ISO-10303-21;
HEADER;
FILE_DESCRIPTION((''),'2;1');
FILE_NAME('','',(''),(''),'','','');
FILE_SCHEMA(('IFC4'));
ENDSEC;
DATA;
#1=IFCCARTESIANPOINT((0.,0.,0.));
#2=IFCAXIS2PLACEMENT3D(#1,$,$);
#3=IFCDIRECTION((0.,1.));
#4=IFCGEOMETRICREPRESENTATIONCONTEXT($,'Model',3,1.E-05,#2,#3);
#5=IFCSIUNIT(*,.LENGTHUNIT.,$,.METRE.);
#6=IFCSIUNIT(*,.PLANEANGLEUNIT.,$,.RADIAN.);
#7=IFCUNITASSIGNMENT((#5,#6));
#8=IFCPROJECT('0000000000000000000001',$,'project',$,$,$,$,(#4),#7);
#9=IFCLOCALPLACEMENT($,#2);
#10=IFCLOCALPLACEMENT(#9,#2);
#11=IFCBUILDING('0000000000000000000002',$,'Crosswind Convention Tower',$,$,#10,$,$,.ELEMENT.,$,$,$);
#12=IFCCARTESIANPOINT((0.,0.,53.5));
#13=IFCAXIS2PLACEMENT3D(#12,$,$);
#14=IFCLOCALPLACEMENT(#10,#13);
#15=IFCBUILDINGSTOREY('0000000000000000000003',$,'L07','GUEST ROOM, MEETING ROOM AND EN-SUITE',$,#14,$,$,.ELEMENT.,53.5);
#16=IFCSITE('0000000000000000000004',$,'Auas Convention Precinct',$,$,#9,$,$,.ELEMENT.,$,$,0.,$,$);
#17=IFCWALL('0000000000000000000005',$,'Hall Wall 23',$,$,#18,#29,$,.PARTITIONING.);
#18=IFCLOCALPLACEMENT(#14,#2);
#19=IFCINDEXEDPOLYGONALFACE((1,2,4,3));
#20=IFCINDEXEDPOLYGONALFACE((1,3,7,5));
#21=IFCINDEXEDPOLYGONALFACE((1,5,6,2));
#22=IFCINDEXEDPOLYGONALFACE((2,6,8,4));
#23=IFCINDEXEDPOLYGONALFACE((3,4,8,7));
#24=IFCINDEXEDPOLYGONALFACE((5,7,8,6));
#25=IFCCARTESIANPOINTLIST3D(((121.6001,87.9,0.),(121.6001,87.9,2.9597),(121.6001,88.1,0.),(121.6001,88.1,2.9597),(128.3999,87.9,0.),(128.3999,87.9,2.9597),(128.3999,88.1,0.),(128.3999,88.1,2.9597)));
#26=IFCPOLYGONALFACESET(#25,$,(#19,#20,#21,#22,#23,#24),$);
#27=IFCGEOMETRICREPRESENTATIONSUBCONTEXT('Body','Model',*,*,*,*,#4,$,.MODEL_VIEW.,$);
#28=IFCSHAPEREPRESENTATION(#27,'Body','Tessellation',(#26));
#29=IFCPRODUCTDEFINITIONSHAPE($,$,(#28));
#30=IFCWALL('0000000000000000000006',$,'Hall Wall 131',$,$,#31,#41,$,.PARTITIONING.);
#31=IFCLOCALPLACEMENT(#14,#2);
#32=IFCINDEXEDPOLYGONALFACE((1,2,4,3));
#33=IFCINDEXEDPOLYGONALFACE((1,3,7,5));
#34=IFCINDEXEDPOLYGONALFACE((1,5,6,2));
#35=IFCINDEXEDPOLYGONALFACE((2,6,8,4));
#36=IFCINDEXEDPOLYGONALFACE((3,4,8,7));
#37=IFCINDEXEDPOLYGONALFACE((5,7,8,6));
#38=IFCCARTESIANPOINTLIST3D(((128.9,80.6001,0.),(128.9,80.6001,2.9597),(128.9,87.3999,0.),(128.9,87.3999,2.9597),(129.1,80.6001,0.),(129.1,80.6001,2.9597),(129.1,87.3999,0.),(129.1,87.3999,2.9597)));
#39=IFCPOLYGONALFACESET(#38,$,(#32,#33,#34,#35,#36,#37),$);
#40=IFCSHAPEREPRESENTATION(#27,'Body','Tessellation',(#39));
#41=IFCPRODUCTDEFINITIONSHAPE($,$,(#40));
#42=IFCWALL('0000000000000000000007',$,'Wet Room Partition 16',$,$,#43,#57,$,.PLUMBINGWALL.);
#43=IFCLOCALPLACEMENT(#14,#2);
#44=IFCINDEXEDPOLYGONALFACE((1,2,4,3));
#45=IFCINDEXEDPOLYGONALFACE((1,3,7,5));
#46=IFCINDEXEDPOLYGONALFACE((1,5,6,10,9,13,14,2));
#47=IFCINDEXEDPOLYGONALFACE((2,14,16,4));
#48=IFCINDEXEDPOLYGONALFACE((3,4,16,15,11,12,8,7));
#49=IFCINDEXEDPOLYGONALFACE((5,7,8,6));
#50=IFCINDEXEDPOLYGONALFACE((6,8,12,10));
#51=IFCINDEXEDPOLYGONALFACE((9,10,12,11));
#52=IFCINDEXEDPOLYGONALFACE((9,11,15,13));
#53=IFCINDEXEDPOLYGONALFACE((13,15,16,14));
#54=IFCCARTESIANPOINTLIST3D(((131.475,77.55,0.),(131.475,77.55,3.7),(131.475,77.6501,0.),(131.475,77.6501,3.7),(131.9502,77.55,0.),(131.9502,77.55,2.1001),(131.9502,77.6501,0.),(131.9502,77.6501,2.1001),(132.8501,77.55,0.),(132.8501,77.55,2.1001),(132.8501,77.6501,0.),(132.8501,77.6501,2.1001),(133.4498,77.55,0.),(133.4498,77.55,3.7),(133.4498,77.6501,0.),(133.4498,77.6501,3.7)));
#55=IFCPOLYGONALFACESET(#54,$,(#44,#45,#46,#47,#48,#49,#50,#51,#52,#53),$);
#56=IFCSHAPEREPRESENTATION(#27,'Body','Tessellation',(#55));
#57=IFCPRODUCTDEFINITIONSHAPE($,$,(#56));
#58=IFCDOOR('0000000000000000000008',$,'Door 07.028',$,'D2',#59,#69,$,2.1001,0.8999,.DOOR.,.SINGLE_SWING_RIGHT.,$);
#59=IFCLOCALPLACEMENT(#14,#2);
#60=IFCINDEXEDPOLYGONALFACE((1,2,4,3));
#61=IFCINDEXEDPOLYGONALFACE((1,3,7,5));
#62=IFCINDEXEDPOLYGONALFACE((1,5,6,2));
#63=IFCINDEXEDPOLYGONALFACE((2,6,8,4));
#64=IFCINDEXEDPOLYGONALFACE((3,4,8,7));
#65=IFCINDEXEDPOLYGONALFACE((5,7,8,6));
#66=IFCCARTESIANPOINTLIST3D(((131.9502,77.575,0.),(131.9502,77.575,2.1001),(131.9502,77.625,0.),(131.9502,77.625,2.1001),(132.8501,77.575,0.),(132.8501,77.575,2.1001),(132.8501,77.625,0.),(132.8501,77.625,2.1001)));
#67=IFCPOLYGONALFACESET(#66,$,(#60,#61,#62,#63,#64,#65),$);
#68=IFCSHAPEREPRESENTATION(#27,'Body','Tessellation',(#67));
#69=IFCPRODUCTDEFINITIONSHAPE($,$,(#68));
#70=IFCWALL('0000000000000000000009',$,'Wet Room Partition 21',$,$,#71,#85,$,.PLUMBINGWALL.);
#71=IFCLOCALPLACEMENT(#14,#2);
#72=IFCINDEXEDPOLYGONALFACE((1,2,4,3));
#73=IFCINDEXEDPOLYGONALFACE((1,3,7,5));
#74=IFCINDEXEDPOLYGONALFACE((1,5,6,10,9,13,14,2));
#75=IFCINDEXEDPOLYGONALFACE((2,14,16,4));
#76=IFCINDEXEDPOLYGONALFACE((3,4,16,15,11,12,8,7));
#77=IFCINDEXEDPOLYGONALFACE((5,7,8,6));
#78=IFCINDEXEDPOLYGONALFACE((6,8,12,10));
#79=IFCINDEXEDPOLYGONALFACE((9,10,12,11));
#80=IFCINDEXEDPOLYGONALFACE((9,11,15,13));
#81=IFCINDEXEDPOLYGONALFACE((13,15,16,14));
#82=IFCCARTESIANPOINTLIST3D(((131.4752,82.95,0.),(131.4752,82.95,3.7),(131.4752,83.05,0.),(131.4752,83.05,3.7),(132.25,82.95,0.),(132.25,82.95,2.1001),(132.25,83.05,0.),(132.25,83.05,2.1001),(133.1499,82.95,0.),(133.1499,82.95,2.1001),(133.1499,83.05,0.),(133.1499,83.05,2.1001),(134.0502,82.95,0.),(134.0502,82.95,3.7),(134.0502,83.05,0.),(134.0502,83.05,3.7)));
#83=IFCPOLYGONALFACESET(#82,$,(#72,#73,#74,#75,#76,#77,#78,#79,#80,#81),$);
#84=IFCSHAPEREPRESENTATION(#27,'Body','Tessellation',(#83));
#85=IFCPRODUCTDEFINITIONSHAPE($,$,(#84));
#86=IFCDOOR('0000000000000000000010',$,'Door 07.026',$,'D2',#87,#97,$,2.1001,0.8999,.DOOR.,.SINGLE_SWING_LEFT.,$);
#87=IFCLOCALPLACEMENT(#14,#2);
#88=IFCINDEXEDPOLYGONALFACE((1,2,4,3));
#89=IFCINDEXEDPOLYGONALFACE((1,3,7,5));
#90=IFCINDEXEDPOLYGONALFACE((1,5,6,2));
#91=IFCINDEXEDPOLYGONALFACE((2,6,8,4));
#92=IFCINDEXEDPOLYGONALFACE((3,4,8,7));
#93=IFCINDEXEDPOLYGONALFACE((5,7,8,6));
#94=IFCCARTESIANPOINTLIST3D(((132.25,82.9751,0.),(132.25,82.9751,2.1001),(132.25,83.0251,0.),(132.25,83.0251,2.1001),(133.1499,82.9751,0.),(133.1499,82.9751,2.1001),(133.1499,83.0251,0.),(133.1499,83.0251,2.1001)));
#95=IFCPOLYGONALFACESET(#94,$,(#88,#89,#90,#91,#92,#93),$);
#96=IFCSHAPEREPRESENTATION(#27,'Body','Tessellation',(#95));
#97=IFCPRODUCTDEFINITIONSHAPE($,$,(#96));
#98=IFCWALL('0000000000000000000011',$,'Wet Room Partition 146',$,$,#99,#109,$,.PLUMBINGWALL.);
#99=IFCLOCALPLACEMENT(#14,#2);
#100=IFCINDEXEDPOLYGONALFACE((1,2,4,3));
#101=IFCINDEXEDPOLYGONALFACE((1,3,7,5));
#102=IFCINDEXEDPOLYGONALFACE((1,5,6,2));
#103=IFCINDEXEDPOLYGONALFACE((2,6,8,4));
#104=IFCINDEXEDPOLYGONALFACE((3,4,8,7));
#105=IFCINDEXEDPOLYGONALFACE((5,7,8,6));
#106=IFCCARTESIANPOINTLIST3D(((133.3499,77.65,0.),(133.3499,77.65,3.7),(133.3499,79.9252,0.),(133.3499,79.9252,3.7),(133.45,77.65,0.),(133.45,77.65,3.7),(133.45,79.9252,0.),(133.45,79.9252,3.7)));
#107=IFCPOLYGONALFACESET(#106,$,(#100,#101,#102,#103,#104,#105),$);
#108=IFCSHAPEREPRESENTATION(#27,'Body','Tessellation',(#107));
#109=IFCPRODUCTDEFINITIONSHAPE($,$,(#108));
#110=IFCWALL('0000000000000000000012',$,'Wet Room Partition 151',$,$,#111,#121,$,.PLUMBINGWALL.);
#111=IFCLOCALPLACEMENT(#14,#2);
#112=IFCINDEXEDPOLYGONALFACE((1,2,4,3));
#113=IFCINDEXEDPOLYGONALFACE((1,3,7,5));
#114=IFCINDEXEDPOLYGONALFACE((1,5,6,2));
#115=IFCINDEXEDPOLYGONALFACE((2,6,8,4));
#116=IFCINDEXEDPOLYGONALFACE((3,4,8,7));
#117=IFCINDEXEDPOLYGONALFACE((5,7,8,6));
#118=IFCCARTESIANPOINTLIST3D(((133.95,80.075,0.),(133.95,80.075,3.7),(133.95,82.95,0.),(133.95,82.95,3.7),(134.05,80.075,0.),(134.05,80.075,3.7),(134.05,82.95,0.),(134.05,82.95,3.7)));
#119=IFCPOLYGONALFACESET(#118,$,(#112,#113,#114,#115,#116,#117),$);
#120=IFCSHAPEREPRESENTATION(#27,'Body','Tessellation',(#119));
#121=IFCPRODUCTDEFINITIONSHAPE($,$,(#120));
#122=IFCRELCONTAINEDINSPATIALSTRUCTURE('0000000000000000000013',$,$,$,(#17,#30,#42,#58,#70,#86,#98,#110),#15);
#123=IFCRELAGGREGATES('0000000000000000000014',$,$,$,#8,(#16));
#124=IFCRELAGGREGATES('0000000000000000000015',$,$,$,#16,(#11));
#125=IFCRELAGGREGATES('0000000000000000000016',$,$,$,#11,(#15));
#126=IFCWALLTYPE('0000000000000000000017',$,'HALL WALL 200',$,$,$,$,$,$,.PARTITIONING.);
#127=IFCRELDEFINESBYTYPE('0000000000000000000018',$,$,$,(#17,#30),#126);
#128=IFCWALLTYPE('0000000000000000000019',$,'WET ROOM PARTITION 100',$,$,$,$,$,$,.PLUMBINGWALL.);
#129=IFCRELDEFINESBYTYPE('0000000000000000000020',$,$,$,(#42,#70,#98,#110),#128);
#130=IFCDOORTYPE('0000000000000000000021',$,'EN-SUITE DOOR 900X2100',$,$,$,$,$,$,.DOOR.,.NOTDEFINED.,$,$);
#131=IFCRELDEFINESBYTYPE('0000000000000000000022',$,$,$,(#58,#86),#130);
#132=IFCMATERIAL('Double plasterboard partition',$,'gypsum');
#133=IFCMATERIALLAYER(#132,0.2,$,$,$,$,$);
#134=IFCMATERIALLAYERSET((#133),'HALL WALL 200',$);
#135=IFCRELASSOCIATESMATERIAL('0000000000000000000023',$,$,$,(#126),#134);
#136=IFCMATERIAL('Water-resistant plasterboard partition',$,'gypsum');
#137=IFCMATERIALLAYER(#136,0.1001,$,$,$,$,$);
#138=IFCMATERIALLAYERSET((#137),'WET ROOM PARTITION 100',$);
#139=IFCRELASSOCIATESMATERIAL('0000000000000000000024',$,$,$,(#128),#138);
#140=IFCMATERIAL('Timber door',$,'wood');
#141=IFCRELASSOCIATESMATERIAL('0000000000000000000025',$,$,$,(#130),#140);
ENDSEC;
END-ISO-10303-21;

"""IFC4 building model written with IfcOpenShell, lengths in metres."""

from ifc_helpers import new_model, si_unit, direction, frame, frame_2d, origin, place, context, subcontext, project, spatial, rectangle, extrude, material, layer, layer_set, type_object, element, fill, save


model = new_model("IFC4")

# Units and contexts
model_context = context("Model", 3, precision=1e-05, world=origin(), true_north=direction((0.0, 1.0)))
body_context = subcontext(model_context, "Body", "Model", "MODEL_VIEW")
ifc_project = project(units=[si_unit("LENGTHUNIT", "METRE"), si_unit("PLANEANGLEUNIT", "RADIAN")], contexts=[model_context])

# Site, building, storey
site_placement = place(None, origin())
site = spatial("IfcSite", under=ifc_project, at=site_placement, Name="Auas Convention Precinct", CompositionType="ELEMENT", RefElevation=0.0)
building_placement = place(site_placement, origin())
building = spatial("IfcBuilding", under=site, at=building_placement, Name="Crosswind Convention Tower", CompositionType="ELEMENT")
storey_placement = place(building_placement, frame((0.0, 0.0, 53.5)))
storey = spatial("IfcBuildingStorey", under=building, at=storey_placement, Name="L07", Description="GUEST ROOM, MEETING ROOM AND EN-SUITE", CompositionType="ELEMENT", Elevation=53.5)

# Walls
ifc_material_1 = material(Name="Double plasterboard partition", Category="gypsum")
ifc_layer_1 = layer(ifc_material_1, 0.2)
ifc_layer_set_1 = layer_set([ifc_layer_1], Name="HALL WALL 200")
wall_type_1 = type_object("IfcWallType", Name="HALL WALL 200", PredefinedType="PARTITIONING", material=ifc_layer_set_1)
for number, where, z_axis, x_axis, name in (
    (1, (121.6001, 88.0, 0.0), (0.0, 0.0, 1.0), (1.0, 0.0, 0.0), "Hall Wall 23"),
    (2, (129.0, 80.6001, 0.0), (0.0, 0.0, 1.0), (0.0, 1.0, 0.0), "Hall Wall 131"),
):
    element("IfcWall", number, at=place(storey_placement, frame(where, z_axis=z_axis, x_axis=x_axis)), inside=storey, type_object=wall_type_1, Name=name, PredefinedType="PARTITIONING", context=body_context, shape_type="SweptSolid", body=[
        extrude(rectangle(XDim=6.7998, YDim=0.2, at=frame_2d((3.3999, 0.0))), origin(), (0.0, 0.0, 1.0), 2.9597),
    ])

# Walls, openings, doors
ifc_material_2 = material(Name="Water-resistant plasterboard partition", Category="gypsum")
ifc_layer_2 = layer(ifc_material_2, 0.1001)
ifc_layer_set_2 = layer_set([ifc_layer_2], Name="WET ROOM PARTITION 100")
wall_type_2 = type_object("IfcWallType", Name="WET ROOM PARTITION 100", PredefinedType="PLUMBINGWALL", material=ifc_layer_set_2)
wall_1_placement = place(storey_placement, frame((131.4751, 77.6001, 0.0), z_axis=(0.0, 0.0, 1.0), x_axis=(1.0, 0.0, 0.0)))
wall_1 = element("IfcWall", 3, at=wall_1_placement, inside=storey, type_object=wall_type_2, Name="Wet Room Partition 16", PredefinedType="PLUMBINGWALL", context=body_context, shape_type="SweptSolid", body=[
    extrude(rectangle(XDim=1.9749, YDim=0.1001, at=frame_2d((0.9873, 0.0))), origin(), (0.0, 0.0, 1.0), 3.7),
])
opening_1_placement = place(wall_1_placement, frame((0.4751, 0.0, 0.0)))
opening_1 = element("IfcOpeningElement", 4, at=opening_1_placement, cuts=wall_1, PredefinedType="OPENING", context=body_context, shape_type="SweptSolid", body=[
    extrude(rectangle(XDim=0.8999, YDim=2.1001, at=frame_2d((0.45, 1.05))), frame((0.0, 0.0601, 0.0), z_axis=(0.0, -1.0, 0.0), x_axis=(1.0, 0.0, 0.0)), (0.0, 0.0, 1.0), 0.1201),
])
ifc_material_3 = material(Name="Timber door", Category="wood")
door_type = type_object("IfcDoorType", Name="EN-SUITE DOOR 900X2100", OperationType="NOTDEFINED", PredefinedType="DOOR", material=ifc_material_3)
door_1_placement = place(opening_1_placement, origin())
door_1 = element("IfcDoor", 5, at=door_1_placement, inside=storey, type_object=door_type, Name="Door 07.028", ObjectType="D2", OperationType="SINGLE_SWING_RIGHT", OverallHeight=2.1001, OverallWidth=0.8999, PredefinedType="DOOR", context=body_context, shape_type="SweptSolid", body=[
    extrude(rectangle(XDim=0.8999, YDim=2.1001, at=frame_2d((0.45, 1.05))), frame((0.0, 0.0249, 0.0), z_axis=(0.0, -1.0, 0.0), x_axis=(1.0, 0.0, 0.0)), (0.0, 0.0, 1.0), 0.05),
])
fill(opening_1, door_1)
wall_2_placement = place(storey_placement, frame((131.4751, 83.0, 0.0), z_axis=(0.0, 0.0, 1.0), x_axis=(1.0, 0.0, 0.0)))
wall_2 = element("IfcWall", 6, at=wall_2_placement, inside=storey, type_object=wall_type_2, Name="Wet Room Partition 21", PredefinedType="PLUMBINGWALL", context=body_context, shape_type="SweptSolid", body=[
    extrude(rectangle(XDim=2.575, YDim=0.1001, at=frame_2d((1.2876, 0.0))), origin(), (0.0, 0.0, 1.0), 3.7),
])
opening_2_placement = place(wall_2_placement, frame((0.7749, 0.0, 0.0)))
opening_2 = element("IfcOpeningElement", 7, at=opening_2_placement, cuts=wall_2, PredefinedType="OPENING", context=body_context, shape_type="SweptSolid", body=[
    extrude(rectangle(XDim=0.8999, YDim=2.1001, at=frame_2d((0.45, 1.05))), frame((0.0, 0.0601, 0.0), z_axis=(0.0, -1.0, 0.0), x_axis=(1.0, 0.0, 0.0)), (0.0, 0.0, 1.0), 0.1201),
])
door_2_placement = place(opening_2_placement, frame((0.8999, 0.0, 0.0), z_axis=(0.0, 0.0, 1.0), x_axis=(-1.0, 0.0, 0.0)))
door_2 = element("IfcDoor", 8, at=door_2_placement, inside=storey, type_object=door_type, Name="Door 07.026", ObjectType="D2", OperationType="SINGLE_SWING_LEFT", OverallHeight=2.1001, OverallWidth=0.8999, PredefinedType="DOOR", context=body_context, shape_type="SweptSolid", body=[
    extrude(rectangle(XDim=0.8999, YDim=2.1001, at=frame_2d((0.45, 1.05))), frame((0.0, 0.0249, 0.0), z_axis=(0.0, -1.0, 0.0), x_axis=(1.0, 0.0, 0.0)), (0.0, 0.0, 1.0), 0.05),
])
fill(opening_2, door_2)

# Walls
wall_3_placement = place(storey_placement, frame((133.3999, 77.6499, 0.0), z_axis=(0.0, 0.0, 1.0), x_axis=(0.0, 1.0, 0.0)))
element("IfcWall", 9, at=wall_3_placement, inside=storey, type_object=wall_type_2, Name="Wet Room Partition 146", PredefinedType="PLUMBINGWALL", context=body_context, shape_type="SweptSolid", body=[
    extrude(rectangle(XDim=2.2751, YDim=0.1001, at=frame_2d((1.1377, 0.0))), origin(), (0.0, 0.0, 1.0), 3.7),
])
wall_4_placement = place(storey_placement, frame((134.0, 80.075, 0.0), z_axis=(0.0, 0.0, 1.0), x_axis=(0.0, 1.0, 0.0)))
element("IfcWall", 10, at=wall_4_placement, inside=storey, type_object=wall_type_2, Name="Wet Room Partition 151", PredefinedType="PLUMBINGWALL", context=body_context, shape_type="SweptSolid", body=[
    extrude(rectangle(XDim=2.875, YDim=0.1001, at=frame_2d((1.4375, 0.0))), origin(), (0.0, 0.0, 1.0), 3.7),
])

save(model, "model.ifc")
